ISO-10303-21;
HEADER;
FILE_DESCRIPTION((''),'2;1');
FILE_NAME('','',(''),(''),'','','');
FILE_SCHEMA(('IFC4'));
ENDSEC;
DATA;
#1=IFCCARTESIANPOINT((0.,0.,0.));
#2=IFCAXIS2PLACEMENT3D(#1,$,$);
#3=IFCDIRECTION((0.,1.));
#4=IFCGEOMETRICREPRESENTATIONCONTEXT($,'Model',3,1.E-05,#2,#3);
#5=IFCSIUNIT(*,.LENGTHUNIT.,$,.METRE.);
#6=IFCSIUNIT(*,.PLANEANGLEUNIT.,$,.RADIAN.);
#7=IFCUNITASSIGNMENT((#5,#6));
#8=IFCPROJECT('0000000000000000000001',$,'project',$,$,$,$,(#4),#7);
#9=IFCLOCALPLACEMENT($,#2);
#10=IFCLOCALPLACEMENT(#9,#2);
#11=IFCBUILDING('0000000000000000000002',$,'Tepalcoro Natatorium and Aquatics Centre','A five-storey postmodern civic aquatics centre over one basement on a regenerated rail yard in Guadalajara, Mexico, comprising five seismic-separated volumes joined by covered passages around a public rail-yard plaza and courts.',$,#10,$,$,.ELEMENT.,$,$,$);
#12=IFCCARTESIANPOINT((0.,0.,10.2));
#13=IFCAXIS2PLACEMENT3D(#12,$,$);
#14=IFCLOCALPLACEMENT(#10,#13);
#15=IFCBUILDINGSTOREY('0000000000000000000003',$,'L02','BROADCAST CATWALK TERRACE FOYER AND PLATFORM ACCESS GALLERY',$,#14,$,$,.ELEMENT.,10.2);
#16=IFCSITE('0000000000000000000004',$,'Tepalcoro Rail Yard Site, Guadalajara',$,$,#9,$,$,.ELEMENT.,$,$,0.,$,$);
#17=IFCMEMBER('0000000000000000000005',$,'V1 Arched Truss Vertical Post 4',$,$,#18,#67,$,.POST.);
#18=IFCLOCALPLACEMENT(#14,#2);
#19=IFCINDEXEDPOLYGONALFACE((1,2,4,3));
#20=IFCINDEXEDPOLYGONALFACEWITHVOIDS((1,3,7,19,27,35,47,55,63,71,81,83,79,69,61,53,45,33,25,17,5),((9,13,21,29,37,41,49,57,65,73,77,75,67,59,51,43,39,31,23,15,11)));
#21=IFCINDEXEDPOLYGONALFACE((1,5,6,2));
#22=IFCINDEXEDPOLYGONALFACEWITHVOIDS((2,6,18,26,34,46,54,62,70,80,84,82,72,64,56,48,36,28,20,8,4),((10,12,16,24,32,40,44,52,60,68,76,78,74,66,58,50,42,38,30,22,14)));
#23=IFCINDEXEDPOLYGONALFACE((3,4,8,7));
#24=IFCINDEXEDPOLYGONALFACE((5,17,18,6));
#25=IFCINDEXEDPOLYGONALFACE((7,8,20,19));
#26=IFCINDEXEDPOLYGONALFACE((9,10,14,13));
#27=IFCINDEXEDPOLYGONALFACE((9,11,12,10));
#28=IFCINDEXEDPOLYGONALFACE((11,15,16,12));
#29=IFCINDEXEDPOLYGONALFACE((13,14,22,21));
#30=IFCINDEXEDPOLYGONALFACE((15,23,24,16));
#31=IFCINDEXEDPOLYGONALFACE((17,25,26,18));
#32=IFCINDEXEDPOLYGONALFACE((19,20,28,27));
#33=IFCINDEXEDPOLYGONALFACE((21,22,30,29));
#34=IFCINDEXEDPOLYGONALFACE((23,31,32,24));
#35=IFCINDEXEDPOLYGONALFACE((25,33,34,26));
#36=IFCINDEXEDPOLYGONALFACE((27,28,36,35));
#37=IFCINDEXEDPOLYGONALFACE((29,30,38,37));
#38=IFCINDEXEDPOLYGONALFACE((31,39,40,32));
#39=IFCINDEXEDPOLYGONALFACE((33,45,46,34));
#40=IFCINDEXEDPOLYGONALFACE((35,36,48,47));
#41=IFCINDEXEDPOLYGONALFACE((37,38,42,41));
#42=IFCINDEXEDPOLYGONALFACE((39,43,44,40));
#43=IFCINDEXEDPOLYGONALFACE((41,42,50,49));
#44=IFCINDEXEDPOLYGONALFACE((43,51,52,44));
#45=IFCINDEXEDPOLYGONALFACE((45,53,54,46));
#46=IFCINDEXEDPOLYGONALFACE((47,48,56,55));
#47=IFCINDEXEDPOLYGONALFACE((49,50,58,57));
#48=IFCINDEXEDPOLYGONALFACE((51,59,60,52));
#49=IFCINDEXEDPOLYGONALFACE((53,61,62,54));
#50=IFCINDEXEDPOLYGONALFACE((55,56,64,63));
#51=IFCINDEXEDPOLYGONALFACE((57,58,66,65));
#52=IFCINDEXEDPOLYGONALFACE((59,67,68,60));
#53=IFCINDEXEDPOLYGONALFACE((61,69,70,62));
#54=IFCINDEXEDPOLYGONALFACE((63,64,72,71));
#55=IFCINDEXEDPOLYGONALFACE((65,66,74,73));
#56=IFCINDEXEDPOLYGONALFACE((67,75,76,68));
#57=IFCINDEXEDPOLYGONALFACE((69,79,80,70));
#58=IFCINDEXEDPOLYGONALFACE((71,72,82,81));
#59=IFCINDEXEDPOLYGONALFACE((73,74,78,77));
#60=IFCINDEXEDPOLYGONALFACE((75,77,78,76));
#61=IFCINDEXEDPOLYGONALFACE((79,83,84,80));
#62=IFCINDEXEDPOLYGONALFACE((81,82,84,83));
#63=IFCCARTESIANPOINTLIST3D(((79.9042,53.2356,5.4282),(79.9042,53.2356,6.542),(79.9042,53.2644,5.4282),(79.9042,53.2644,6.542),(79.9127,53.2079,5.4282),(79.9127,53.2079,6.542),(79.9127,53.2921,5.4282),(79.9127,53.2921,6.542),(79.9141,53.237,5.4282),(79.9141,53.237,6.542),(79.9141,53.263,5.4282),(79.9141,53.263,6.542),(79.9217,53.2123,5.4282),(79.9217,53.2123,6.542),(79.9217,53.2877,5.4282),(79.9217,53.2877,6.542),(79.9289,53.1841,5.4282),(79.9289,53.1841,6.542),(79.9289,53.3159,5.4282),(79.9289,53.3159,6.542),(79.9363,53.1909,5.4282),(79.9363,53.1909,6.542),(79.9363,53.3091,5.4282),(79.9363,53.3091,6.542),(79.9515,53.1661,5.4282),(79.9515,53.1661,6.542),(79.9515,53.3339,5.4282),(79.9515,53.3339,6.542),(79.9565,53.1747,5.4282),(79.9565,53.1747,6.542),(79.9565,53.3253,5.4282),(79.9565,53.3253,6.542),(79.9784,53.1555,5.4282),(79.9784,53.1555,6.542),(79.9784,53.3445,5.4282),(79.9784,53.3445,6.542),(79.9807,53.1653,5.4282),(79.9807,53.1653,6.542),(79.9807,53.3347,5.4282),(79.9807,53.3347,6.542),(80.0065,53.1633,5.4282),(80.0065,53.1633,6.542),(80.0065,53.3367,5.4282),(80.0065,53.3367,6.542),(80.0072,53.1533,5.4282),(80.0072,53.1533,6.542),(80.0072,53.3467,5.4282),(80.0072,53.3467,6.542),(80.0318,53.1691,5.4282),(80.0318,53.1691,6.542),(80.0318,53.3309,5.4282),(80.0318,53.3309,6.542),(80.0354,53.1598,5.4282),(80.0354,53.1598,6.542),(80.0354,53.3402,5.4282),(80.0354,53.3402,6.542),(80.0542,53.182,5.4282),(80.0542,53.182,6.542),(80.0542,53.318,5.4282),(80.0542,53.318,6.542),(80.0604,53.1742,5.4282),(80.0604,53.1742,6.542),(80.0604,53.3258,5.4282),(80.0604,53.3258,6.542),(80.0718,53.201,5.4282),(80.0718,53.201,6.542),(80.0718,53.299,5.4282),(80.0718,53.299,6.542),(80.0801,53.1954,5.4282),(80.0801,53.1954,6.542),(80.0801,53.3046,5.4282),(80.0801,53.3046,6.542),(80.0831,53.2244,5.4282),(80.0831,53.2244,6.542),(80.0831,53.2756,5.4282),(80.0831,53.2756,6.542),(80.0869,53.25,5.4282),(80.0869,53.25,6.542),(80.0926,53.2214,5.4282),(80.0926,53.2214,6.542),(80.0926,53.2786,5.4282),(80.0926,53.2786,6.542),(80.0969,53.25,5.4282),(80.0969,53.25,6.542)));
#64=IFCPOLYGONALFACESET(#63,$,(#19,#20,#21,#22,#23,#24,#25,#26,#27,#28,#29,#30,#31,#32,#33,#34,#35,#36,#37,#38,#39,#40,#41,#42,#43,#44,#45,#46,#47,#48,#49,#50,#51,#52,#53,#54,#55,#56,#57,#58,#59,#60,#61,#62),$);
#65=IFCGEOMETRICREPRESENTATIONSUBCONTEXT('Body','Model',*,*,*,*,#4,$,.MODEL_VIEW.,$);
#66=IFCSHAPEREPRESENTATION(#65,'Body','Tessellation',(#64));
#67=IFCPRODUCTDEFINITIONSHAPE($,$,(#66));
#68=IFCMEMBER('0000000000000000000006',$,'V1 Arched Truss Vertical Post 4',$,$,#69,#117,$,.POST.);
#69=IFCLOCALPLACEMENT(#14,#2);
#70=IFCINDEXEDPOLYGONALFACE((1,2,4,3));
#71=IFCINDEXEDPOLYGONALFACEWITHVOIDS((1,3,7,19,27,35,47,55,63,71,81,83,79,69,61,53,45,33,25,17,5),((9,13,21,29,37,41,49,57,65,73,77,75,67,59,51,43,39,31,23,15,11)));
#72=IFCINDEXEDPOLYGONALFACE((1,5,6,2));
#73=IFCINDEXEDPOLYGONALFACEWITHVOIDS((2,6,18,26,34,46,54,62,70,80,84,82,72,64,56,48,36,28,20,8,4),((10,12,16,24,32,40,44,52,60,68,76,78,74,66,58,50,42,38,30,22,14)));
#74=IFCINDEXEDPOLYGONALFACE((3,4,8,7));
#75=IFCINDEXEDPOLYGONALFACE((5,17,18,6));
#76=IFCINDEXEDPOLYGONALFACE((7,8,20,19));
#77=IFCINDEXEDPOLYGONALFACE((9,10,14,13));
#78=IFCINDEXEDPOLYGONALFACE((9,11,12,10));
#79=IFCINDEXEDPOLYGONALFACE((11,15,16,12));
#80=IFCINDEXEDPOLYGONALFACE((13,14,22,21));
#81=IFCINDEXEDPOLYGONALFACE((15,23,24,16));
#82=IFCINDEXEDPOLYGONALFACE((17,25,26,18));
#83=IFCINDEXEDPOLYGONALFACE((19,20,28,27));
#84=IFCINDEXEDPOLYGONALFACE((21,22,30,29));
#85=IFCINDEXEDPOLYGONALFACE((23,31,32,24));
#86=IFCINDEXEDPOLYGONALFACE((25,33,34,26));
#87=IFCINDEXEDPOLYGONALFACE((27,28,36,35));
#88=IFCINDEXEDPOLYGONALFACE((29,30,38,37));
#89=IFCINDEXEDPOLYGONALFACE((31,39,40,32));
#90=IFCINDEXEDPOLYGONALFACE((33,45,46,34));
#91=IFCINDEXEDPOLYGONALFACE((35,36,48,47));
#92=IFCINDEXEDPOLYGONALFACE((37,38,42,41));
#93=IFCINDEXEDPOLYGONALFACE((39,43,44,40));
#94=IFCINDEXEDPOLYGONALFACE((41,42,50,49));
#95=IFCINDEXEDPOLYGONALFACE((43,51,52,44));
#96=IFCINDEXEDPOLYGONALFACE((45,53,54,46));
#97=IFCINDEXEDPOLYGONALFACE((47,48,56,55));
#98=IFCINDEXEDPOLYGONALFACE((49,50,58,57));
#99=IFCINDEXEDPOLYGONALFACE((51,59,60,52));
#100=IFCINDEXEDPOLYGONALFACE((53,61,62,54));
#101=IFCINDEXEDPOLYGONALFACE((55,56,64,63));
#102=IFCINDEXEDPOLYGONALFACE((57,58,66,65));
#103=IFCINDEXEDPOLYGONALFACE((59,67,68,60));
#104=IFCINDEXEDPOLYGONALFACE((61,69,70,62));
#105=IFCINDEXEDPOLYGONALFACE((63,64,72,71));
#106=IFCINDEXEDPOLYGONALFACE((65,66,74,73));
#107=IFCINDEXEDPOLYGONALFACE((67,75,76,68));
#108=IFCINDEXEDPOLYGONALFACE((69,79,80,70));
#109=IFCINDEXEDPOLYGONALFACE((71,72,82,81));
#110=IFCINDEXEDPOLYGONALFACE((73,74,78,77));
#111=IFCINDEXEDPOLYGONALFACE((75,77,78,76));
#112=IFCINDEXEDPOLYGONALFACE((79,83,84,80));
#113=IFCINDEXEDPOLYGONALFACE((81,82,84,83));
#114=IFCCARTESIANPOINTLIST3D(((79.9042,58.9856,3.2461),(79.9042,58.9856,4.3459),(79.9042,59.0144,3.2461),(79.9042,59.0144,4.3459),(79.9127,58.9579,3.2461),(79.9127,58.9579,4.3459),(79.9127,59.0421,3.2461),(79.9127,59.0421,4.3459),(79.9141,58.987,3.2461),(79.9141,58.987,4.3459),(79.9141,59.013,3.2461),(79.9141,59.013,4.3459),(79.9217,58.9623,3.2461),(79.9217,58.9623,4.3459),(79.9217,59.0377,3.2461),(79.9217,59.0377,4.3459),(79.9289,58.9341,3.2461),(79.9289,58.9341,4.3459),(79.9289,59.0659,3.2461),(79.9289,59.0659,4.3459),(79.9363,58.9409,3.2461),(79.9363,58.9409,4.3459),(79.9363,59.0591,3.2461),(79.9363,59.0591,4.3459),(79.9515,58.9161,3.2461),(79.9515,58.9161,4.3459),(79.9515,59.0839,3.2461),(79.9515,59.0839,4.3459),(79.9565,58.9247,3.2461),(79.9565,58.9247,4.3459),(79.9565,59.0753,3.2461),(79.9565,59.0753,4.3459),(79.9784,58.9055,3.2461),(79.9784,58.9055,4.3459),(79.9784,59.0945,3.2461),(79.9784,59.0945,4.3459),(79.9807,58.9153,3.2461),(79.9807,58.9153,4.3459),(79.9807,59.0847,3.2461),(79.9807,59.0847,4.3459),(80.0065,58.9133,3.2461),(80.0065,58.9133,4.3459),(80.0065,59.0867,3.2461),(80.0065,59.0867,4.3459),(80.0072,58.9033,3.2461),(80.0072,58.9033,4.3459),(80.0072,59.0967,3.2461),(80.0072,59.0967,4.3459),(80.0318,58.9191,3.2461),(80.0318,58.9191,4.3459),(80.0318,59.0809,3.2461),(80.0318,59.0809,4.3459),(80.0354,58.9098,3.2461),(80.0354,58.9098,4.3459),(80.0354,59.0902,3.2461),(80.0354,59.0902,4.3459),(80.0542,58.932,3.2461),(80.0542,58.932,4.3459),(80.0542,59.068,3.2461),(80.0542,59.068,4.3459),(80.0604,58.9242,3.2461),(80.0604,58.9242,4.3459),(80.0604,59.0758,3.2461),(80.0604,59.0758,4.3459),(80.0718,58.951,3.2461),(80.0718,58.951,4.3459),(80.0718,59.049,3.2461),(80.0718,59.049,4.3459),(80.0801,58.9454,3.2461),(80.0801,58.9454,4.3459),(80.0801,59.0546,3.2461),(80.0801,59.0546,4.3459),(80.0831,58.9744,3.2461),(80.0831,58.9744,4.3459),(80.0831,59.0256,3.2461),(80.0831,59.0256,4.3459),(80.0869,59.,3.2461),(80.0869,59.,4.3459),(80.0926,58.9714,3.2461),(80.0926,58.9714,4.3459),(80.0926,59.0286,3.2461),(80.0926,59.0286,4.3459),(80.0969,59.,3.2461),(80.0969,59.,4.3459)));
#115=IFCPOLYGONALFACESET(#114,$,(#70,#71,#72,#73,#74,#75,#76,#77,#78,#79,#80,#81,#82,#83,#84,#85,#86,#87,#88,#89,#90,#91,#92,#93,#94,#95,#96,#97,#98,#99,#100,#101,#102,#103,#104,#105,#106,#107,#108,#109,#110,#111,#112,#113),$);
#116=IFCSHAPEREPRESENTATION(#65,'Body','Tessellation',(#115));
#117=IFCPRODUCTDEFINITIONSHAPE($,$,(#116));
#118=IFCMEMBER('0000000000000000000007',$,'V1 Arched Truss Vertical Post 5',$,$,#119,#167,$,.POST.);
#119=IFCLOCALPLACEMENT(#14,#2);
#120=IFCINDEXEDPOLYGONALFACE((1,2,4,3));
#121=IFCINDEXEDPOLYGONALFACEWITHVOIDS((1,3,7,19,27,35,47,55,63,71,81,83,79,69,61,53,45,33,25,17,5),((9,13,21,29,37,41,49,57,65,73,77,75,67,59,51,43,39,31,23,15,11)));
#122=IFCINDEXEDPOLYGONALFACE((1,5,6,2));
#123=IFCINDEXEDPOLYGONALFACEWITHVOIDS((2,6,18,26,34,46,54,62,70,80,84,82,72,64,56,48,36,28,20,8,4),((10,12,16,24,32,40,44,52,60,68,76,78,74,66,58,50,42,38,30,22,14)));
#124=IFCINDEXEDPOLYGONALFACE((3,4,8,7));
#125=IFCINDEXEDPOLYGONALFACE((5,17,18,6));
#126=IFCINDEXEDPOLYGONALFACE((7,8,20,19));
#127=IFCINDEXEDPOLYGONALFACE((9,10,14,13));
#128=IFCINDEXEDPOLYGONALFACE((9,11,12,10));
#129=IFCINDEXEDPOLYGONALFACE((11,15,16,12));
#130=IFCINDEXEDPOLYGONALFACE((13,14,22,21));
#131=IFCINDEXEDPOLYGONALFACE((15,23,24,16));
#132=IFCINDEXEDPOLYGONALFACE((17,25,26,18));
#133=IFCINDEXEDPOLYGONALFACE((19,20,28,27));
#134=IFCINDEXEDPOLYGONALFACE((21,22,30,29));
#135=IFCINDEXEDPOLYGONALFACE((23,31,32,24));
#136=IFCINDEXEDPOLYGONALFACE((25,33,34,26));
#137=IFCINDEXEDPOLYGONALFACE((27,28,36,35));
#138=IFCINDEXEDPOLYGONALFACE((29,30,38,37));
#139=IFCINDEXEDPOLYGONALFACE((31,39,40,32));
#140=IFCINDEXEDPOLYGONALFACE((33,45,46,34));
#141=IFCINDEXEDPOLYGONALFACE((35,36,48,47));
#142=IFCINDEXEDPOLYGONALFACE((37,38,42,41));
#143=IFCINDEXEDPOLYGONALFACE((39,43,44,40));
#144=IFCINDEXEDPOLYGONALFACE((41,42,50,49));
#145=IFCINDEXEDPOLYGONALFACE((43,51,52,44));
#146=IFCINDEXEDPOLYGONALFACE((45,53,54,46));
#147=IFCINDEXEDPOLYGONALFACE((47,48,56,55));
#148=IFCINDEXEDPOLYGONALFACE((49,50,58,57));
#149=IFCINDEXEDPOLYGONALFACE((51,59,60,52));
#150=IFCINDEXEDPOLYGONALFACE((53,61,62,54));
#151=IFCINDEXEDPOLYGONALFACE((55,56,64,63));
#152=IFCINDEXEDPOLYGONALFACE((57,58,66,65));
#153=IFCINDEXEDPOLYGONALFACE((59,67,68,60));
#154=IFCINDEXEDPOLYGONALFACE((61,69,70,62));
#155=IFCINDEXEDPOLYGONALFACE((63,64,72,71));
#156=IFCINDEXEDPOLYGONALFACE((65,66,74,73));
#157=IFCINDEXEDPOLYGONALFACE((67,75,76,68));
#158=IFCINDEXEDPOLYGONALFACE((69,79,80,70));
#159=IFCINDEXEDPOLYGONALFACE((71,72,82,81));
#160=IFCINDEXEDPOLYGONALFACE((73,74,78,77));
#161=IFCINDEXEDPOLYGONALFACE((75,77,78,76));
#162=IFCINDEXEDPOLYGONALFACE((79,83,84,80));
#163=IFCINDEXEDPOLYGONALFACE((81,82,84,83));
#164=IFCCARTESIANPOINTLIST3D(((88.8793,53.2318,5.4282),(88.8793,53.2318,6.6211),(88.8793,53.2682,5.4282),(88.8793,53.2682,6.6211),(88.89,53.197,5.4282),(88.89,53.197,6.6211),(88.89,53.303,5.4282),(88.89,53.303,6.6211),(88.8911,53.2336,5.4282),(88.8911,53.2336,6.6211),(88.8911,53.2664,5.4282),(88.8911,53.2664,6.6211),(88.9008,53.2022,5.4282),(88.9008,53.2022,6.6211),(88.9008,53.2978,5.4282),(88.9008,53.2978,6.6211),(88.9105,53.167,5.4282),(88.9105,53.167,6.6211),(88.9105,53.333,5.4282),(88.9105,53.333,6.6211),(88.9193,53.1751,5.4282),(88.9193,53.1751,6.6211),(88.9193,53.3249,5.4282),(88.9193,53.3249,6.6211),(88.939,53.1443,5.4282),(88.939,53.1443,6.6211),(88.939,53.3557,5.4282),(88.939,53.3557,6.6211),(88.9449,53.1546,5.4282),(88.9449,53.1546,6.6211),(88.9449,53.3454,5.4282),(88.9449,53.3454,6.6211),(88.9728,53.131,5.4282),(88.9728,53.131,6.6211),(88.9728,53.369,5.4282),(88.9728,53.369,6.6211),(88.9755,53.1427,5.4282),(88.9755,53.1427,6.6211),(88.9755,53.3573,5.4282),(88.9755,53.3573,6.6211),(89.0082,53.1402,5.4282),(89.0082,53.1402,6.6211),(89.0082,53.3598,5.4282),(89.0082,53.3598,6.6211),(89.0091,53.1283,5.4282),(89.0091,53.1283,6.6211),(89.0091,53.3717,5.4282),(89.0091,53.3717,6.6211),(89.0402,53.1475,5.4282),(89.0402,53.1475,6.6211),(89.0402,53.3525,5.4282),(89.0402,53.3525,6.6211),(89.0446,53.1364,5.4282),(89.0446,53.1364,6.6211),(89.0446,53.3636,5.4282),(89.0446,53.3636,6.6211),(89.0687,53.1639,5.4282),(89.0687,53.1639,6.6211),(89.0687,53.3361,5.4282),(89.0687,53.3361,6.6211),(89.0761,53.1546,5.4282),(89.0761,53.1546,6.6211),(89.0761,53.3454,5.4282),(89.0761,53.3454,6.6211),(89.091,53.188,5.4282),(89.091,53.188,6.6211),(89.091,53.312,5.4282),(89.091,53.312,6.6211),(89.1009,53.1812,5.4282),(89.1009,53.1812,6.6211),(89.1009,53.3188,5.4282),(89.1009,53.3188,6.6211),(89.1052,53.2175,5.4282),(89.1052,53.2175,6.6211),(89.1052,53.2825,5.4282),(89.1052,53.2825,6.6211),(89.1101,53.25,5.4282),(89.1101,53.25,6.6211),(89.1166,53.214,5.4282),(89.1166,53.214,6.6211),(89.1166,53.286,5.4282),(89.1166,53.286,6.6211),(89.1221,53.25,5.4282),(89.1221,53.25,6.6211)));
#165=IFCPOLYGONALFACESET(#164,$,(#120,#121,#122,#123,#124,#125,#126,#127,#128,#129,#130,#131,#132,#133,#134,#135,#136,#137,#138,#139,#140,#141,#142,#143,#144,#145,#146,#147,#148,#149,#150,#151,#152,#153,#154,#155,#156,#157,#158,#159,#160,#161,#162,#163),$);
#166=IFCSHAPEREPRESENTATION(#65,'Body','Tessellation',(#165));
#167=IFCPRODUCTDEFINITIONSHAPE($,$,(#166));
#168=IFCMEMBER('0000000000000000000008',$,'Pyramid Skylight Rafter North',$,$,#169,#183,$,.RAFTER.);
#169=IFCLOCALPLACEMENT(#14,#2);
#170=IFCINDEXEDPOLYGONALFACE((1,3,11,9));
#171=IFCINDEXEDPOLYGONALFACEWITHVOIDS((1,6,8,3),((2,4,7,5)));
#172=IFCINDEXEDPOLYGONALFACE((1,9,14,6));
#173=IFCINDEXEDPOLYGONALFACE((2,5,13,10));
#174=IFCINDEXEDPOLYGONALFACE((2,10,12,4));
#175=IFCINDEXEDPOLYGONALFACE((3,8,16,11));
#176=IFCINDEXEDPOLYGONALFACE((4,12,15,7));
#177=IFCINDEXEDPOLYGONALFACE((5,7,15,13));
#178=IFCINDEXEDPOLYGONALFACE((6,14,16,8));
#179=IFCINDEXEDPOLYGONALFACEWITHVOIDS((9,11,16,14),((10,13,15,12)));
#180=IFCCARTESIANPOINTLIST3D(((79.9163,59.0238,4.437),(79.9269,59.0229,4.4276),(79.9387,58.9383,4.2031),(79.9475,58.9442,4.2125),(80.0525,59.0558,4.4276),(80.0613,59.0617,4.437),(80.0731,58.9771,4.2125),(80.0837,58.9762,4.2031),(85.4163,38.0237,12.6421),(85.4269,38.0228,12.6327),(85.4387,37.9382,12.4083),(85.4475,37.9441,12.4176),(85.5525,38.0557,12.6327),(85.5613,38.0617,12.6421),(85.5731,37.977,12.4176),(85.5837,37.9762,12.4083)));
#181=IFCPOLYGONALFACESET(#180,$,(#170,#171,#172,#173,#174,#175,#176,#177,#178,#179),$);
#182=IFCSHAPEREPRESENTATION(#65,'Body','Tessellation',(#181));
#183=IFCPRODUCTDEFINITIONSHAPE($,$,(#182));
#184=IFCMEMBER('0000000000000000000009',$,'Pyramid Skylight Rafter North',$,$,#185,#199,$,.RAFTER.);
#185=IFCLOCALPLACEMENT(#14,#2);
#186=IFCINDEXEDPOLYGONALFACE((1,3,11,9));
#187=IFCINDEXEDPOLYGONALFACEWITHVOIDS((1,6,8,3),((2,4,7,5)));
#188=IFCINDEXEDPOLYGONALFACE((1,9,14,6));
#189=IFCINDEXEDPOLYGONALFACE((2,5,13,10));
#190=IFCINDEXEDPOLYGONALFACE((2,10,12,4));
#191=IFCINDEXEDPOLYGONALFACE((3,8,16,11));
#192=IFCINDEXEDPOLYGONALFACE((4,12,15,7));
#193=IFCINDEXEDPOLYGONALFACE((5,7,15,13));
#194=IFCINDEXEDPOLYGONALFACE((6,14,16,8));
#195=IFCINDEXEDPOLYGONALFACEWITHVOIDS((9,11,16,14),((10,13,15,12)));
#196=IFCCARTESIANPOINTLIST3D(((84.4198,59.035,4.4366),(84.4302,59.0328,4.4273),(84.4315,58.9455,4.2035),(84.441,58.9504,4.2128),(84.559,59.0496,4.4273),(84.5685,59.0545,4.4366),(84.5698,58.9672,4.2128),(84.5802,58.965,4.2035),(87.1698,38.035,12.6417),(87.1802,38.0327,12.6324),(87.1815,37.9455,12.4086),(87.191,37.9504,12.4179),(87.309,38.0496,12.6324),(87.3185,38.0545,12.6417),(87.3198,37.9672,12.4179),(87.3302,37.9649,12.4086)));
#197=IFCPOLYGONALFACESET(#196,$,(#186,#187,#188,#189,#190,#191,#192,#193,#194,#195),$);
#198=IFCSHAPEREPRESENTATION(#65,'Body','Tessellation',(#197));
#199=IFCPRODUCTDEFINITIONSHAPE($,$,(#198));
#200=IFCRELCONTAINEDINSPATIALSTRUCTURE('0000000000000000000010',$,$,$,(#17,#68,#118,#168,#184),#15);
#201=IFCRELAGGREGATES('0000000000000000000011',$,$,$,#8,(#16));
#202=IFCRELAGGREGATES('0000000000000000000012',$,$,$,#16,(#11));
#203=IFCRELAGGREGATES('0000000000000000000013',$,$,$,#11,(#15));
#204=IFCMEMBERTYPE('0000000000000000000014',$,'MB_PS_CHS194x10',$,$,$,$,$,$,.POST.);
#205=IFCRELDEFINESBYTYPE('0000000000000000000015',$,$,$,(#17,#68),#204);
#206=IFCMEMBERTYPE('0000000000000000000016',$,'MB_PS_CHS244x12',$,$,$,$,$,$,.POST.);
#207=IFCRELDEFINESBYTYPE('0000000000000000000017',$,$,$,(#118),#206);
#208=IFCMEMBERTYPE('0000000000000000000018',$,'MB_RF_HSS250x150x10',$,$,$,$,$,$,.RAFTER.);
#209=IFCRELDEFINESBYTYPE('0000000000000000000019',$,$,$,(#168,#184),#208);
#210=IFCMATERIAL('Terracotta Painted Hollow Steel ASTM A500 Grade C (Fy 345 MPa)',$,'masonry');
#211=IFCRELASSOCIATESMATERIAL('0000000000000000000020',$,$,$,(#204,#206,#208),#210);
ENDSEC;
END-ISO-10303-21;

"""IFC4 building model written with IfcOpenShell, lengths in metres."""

from ifc_helpers import new_model, si_unit, direction, frame, origin, origin_2d, place, context, subcontext, project, spatial, hollow_rectangle, hollow_circle, extrude, material, material_profile, profile_set, type_object, element, save


model = new_model("IFC4")

# Units and contexts
model_context = context("Model", 3, precision=1e-05, world=origin(), true_north=direction((0.0, 1.0)))
body_context = subcontext(model_context, "Body", "Model", "MODEL_VIEW")
ifc_project = project(units=[si_unit("LENGTHUNIT", "METRE"), si_unit("PLANEANGLEUNIT", "RADIAN")], contexts=[model_context])

# Site, building, storey
site_placement = place(None, origin())
site = spatial("IfcSite", under=ifc_project, at=site_placement, Name="Tepalcoro Rail Yard Site, Guadalajara", CompositionType="ELEMENT", RefElevation=0.0)
building_placement = place(site_placement, origin())
building = spatial("IfcBuilding", under=site, at=building_placement, Name="Tepalcoro Natatorium and Aquatics Centre", Description="A five-storey postmodern civic aquatics centre over one basement on a regenerated rail yard in Guadalajara, Mexico, comprising five seismic-separated volumes joined by covered passages around a public rail-yard plaza and courts.", CompositionType="ELEMENT")
storey_placement = place(building_placement, frame((0.0, 0.0, 10.2)))
storey = spatial("IfcBuildingStorey", under=building, at=storey_placement, Name="L02", Description="BROADCAST CATWALK TERRACE FOYER AND PLATFORM ACCESS GALLERY", CompositionType="ELEMENT", Elevation=10.2)

# Shared definitions
ifc_material_1 = material(Name="Terracotta Painted Hollow Steel ASTM A500 Grade C (Fy 345 MPa)", Category="masonry")

# Members
ifc_material_profile_1 = material_profile(ifc_material_1, hollow_circle(Radius=0.0969, WallThickness=0.01, at=origin_2d()), Name="CHS194X10")
ifc_profile_set_1 = profile_set([ifc_material_profile_1], Name="Terracotta Painted Hollow Steel ASTM A500 Grade C (Fy 345 MPa)")
member_type_1 = type_object("IfcMemberType", Name="MB_PS_CHS194x10", PredefinedType="POST", material=ifc_profile_set_1)
member_1_placement = place(storey_placement, frame((80.0, 53.25, 5.4282), z_axis=(0.0, 0.0, 1.0), x_axis=(1.0, 0.0, 0.0)))
element("IfcMember", 1, at=member_1_placement, inside=storey, type_object=member_type_1, Name="V1 Arched Truss Vertical Post 4", PredefinedType="POST", context=body_context, shape_type="SweptSolid", body=[
    extrude(hollow_circle(Radius=0.0969, WallThickness=0.01, at=origin_2d()), origin(), (0.0, 0.0, 1.0), 1.1138),
])
member_2_placement = place(storey_placement, frame((80.0, 59.0, 3.2461), z_axis=(0.0, 0.0, 1.0), x_axis=(1.0, 0.0, 0.0)))
element("IfcMember", 2, at=member_2_placement, inside=storey, type_object=member_type_1, Name="V1 Arched Truss Vertical Post 4", PredefinedType="POST", context=body_context, shape_type="SweptSolid", body=[
    extrude(hollow_circle(Radius=0.0969, WallThickness=0.01, at=origin_2d()), origin(), (0.0, 0.0, 1.0), 1.0999),
])
ifc_material_profile_2 = material_profile(ifc_material_1, hollow_circle(Radius=0.1221, WallThickness=0.012, at=origin_2d()), Name="CHS244X12")
ifc_profile_set_2 = profile_set([ifc_material_profile_2], Name="Terracotta Painted Hollow Steel ASTM A500 Grade C (Fy 345 MPa)")
member_type_2 = type_object("IfcMemberType", Name="MB_PS_CHS244x12", PredefinedType="POST", material=ifc_profile_set_2)
member_3_placement = place(storey_placement, frame((89.0, 53.25, 5.4282), z_axis=(0.0, 0.0, 1.0), x_axis=(1.0, 0.0, 0.0)))
element("IfcMember", 3, at=member_3_placement, inside=storey, type_object=member_type_2, Name="V1 Arched Truss Vertical Post 5", PredefinedType="POST", context=body_context, shape_type="SweptSolid", body=[
    extrude(hollow_circle(Radius=0.1221, WallThickness=0.012, at=origin_2d()), origin(), (0.0, 0.0, 1.0), 1.1929),
])
ifc_material_profile_3 = material_profile(ifc_material_1, hollow_rectangle(XDim=0.1499, YDim=0.25, WallThickness=0.01, at=origin_2d()), Name="HSS250X150X10")
ifc_profile_set_3 = profile_set([ifc_material_profile_3], Name="Terracotta Painted Hollow Steel ASTM A500 Grade C (Fy 345 MPa)")
member_type_3 = type_object("IfcMemberType", Name="MB_RF_HSS250x150x10", PredefinedType="RAFTER", material=ifc_profile_set_3)
member_4_placement = place(storey_placement, frame((80.0, 59.0, 4.3201), z_axis=(0.236996, -0.904892, 0.353558), x_axis=(0.967372, 0.253359, 0.0)))
element("IfcMember", 4, at=member_4_placement, inside=storey, type_object=member_type_3, Name="Pyramid Skylight Rafter North", PredefinedType="RAFTER", context=body_context, shape_type="SweptSolid", body=[
    extrude(hollow_rectangle(XDim=0.1499, YDim=0.25, WallThickness=0.01, at=origin_2d()), origin(), (0.0, 0.0, 1.0), 23.2073),
])
member_5_placement = place(storey_placement, frame((84.5, 59.0, 4.3201), z_axis=(0.121075, -0.924576, 0.361248), x_axis=(0.991534, 0.129844, 0.0)))
element("IfcMember", 5, at=member_5_placement, inside=storey, type_object=member_type_3, Name="Pyramid Skylight Rafter North", PredefinedType="RAFTER", context=body_context, shape_type="SweptSolid", body=[
    extrude(hollow_rectangle(XDim=0.1499, YDim=0.25, WallThickness=0.01, at=origin_2d()), origin(), (0.0, 0.0, 1.0), 22.7131),
])

save(model, "model.ifc")
